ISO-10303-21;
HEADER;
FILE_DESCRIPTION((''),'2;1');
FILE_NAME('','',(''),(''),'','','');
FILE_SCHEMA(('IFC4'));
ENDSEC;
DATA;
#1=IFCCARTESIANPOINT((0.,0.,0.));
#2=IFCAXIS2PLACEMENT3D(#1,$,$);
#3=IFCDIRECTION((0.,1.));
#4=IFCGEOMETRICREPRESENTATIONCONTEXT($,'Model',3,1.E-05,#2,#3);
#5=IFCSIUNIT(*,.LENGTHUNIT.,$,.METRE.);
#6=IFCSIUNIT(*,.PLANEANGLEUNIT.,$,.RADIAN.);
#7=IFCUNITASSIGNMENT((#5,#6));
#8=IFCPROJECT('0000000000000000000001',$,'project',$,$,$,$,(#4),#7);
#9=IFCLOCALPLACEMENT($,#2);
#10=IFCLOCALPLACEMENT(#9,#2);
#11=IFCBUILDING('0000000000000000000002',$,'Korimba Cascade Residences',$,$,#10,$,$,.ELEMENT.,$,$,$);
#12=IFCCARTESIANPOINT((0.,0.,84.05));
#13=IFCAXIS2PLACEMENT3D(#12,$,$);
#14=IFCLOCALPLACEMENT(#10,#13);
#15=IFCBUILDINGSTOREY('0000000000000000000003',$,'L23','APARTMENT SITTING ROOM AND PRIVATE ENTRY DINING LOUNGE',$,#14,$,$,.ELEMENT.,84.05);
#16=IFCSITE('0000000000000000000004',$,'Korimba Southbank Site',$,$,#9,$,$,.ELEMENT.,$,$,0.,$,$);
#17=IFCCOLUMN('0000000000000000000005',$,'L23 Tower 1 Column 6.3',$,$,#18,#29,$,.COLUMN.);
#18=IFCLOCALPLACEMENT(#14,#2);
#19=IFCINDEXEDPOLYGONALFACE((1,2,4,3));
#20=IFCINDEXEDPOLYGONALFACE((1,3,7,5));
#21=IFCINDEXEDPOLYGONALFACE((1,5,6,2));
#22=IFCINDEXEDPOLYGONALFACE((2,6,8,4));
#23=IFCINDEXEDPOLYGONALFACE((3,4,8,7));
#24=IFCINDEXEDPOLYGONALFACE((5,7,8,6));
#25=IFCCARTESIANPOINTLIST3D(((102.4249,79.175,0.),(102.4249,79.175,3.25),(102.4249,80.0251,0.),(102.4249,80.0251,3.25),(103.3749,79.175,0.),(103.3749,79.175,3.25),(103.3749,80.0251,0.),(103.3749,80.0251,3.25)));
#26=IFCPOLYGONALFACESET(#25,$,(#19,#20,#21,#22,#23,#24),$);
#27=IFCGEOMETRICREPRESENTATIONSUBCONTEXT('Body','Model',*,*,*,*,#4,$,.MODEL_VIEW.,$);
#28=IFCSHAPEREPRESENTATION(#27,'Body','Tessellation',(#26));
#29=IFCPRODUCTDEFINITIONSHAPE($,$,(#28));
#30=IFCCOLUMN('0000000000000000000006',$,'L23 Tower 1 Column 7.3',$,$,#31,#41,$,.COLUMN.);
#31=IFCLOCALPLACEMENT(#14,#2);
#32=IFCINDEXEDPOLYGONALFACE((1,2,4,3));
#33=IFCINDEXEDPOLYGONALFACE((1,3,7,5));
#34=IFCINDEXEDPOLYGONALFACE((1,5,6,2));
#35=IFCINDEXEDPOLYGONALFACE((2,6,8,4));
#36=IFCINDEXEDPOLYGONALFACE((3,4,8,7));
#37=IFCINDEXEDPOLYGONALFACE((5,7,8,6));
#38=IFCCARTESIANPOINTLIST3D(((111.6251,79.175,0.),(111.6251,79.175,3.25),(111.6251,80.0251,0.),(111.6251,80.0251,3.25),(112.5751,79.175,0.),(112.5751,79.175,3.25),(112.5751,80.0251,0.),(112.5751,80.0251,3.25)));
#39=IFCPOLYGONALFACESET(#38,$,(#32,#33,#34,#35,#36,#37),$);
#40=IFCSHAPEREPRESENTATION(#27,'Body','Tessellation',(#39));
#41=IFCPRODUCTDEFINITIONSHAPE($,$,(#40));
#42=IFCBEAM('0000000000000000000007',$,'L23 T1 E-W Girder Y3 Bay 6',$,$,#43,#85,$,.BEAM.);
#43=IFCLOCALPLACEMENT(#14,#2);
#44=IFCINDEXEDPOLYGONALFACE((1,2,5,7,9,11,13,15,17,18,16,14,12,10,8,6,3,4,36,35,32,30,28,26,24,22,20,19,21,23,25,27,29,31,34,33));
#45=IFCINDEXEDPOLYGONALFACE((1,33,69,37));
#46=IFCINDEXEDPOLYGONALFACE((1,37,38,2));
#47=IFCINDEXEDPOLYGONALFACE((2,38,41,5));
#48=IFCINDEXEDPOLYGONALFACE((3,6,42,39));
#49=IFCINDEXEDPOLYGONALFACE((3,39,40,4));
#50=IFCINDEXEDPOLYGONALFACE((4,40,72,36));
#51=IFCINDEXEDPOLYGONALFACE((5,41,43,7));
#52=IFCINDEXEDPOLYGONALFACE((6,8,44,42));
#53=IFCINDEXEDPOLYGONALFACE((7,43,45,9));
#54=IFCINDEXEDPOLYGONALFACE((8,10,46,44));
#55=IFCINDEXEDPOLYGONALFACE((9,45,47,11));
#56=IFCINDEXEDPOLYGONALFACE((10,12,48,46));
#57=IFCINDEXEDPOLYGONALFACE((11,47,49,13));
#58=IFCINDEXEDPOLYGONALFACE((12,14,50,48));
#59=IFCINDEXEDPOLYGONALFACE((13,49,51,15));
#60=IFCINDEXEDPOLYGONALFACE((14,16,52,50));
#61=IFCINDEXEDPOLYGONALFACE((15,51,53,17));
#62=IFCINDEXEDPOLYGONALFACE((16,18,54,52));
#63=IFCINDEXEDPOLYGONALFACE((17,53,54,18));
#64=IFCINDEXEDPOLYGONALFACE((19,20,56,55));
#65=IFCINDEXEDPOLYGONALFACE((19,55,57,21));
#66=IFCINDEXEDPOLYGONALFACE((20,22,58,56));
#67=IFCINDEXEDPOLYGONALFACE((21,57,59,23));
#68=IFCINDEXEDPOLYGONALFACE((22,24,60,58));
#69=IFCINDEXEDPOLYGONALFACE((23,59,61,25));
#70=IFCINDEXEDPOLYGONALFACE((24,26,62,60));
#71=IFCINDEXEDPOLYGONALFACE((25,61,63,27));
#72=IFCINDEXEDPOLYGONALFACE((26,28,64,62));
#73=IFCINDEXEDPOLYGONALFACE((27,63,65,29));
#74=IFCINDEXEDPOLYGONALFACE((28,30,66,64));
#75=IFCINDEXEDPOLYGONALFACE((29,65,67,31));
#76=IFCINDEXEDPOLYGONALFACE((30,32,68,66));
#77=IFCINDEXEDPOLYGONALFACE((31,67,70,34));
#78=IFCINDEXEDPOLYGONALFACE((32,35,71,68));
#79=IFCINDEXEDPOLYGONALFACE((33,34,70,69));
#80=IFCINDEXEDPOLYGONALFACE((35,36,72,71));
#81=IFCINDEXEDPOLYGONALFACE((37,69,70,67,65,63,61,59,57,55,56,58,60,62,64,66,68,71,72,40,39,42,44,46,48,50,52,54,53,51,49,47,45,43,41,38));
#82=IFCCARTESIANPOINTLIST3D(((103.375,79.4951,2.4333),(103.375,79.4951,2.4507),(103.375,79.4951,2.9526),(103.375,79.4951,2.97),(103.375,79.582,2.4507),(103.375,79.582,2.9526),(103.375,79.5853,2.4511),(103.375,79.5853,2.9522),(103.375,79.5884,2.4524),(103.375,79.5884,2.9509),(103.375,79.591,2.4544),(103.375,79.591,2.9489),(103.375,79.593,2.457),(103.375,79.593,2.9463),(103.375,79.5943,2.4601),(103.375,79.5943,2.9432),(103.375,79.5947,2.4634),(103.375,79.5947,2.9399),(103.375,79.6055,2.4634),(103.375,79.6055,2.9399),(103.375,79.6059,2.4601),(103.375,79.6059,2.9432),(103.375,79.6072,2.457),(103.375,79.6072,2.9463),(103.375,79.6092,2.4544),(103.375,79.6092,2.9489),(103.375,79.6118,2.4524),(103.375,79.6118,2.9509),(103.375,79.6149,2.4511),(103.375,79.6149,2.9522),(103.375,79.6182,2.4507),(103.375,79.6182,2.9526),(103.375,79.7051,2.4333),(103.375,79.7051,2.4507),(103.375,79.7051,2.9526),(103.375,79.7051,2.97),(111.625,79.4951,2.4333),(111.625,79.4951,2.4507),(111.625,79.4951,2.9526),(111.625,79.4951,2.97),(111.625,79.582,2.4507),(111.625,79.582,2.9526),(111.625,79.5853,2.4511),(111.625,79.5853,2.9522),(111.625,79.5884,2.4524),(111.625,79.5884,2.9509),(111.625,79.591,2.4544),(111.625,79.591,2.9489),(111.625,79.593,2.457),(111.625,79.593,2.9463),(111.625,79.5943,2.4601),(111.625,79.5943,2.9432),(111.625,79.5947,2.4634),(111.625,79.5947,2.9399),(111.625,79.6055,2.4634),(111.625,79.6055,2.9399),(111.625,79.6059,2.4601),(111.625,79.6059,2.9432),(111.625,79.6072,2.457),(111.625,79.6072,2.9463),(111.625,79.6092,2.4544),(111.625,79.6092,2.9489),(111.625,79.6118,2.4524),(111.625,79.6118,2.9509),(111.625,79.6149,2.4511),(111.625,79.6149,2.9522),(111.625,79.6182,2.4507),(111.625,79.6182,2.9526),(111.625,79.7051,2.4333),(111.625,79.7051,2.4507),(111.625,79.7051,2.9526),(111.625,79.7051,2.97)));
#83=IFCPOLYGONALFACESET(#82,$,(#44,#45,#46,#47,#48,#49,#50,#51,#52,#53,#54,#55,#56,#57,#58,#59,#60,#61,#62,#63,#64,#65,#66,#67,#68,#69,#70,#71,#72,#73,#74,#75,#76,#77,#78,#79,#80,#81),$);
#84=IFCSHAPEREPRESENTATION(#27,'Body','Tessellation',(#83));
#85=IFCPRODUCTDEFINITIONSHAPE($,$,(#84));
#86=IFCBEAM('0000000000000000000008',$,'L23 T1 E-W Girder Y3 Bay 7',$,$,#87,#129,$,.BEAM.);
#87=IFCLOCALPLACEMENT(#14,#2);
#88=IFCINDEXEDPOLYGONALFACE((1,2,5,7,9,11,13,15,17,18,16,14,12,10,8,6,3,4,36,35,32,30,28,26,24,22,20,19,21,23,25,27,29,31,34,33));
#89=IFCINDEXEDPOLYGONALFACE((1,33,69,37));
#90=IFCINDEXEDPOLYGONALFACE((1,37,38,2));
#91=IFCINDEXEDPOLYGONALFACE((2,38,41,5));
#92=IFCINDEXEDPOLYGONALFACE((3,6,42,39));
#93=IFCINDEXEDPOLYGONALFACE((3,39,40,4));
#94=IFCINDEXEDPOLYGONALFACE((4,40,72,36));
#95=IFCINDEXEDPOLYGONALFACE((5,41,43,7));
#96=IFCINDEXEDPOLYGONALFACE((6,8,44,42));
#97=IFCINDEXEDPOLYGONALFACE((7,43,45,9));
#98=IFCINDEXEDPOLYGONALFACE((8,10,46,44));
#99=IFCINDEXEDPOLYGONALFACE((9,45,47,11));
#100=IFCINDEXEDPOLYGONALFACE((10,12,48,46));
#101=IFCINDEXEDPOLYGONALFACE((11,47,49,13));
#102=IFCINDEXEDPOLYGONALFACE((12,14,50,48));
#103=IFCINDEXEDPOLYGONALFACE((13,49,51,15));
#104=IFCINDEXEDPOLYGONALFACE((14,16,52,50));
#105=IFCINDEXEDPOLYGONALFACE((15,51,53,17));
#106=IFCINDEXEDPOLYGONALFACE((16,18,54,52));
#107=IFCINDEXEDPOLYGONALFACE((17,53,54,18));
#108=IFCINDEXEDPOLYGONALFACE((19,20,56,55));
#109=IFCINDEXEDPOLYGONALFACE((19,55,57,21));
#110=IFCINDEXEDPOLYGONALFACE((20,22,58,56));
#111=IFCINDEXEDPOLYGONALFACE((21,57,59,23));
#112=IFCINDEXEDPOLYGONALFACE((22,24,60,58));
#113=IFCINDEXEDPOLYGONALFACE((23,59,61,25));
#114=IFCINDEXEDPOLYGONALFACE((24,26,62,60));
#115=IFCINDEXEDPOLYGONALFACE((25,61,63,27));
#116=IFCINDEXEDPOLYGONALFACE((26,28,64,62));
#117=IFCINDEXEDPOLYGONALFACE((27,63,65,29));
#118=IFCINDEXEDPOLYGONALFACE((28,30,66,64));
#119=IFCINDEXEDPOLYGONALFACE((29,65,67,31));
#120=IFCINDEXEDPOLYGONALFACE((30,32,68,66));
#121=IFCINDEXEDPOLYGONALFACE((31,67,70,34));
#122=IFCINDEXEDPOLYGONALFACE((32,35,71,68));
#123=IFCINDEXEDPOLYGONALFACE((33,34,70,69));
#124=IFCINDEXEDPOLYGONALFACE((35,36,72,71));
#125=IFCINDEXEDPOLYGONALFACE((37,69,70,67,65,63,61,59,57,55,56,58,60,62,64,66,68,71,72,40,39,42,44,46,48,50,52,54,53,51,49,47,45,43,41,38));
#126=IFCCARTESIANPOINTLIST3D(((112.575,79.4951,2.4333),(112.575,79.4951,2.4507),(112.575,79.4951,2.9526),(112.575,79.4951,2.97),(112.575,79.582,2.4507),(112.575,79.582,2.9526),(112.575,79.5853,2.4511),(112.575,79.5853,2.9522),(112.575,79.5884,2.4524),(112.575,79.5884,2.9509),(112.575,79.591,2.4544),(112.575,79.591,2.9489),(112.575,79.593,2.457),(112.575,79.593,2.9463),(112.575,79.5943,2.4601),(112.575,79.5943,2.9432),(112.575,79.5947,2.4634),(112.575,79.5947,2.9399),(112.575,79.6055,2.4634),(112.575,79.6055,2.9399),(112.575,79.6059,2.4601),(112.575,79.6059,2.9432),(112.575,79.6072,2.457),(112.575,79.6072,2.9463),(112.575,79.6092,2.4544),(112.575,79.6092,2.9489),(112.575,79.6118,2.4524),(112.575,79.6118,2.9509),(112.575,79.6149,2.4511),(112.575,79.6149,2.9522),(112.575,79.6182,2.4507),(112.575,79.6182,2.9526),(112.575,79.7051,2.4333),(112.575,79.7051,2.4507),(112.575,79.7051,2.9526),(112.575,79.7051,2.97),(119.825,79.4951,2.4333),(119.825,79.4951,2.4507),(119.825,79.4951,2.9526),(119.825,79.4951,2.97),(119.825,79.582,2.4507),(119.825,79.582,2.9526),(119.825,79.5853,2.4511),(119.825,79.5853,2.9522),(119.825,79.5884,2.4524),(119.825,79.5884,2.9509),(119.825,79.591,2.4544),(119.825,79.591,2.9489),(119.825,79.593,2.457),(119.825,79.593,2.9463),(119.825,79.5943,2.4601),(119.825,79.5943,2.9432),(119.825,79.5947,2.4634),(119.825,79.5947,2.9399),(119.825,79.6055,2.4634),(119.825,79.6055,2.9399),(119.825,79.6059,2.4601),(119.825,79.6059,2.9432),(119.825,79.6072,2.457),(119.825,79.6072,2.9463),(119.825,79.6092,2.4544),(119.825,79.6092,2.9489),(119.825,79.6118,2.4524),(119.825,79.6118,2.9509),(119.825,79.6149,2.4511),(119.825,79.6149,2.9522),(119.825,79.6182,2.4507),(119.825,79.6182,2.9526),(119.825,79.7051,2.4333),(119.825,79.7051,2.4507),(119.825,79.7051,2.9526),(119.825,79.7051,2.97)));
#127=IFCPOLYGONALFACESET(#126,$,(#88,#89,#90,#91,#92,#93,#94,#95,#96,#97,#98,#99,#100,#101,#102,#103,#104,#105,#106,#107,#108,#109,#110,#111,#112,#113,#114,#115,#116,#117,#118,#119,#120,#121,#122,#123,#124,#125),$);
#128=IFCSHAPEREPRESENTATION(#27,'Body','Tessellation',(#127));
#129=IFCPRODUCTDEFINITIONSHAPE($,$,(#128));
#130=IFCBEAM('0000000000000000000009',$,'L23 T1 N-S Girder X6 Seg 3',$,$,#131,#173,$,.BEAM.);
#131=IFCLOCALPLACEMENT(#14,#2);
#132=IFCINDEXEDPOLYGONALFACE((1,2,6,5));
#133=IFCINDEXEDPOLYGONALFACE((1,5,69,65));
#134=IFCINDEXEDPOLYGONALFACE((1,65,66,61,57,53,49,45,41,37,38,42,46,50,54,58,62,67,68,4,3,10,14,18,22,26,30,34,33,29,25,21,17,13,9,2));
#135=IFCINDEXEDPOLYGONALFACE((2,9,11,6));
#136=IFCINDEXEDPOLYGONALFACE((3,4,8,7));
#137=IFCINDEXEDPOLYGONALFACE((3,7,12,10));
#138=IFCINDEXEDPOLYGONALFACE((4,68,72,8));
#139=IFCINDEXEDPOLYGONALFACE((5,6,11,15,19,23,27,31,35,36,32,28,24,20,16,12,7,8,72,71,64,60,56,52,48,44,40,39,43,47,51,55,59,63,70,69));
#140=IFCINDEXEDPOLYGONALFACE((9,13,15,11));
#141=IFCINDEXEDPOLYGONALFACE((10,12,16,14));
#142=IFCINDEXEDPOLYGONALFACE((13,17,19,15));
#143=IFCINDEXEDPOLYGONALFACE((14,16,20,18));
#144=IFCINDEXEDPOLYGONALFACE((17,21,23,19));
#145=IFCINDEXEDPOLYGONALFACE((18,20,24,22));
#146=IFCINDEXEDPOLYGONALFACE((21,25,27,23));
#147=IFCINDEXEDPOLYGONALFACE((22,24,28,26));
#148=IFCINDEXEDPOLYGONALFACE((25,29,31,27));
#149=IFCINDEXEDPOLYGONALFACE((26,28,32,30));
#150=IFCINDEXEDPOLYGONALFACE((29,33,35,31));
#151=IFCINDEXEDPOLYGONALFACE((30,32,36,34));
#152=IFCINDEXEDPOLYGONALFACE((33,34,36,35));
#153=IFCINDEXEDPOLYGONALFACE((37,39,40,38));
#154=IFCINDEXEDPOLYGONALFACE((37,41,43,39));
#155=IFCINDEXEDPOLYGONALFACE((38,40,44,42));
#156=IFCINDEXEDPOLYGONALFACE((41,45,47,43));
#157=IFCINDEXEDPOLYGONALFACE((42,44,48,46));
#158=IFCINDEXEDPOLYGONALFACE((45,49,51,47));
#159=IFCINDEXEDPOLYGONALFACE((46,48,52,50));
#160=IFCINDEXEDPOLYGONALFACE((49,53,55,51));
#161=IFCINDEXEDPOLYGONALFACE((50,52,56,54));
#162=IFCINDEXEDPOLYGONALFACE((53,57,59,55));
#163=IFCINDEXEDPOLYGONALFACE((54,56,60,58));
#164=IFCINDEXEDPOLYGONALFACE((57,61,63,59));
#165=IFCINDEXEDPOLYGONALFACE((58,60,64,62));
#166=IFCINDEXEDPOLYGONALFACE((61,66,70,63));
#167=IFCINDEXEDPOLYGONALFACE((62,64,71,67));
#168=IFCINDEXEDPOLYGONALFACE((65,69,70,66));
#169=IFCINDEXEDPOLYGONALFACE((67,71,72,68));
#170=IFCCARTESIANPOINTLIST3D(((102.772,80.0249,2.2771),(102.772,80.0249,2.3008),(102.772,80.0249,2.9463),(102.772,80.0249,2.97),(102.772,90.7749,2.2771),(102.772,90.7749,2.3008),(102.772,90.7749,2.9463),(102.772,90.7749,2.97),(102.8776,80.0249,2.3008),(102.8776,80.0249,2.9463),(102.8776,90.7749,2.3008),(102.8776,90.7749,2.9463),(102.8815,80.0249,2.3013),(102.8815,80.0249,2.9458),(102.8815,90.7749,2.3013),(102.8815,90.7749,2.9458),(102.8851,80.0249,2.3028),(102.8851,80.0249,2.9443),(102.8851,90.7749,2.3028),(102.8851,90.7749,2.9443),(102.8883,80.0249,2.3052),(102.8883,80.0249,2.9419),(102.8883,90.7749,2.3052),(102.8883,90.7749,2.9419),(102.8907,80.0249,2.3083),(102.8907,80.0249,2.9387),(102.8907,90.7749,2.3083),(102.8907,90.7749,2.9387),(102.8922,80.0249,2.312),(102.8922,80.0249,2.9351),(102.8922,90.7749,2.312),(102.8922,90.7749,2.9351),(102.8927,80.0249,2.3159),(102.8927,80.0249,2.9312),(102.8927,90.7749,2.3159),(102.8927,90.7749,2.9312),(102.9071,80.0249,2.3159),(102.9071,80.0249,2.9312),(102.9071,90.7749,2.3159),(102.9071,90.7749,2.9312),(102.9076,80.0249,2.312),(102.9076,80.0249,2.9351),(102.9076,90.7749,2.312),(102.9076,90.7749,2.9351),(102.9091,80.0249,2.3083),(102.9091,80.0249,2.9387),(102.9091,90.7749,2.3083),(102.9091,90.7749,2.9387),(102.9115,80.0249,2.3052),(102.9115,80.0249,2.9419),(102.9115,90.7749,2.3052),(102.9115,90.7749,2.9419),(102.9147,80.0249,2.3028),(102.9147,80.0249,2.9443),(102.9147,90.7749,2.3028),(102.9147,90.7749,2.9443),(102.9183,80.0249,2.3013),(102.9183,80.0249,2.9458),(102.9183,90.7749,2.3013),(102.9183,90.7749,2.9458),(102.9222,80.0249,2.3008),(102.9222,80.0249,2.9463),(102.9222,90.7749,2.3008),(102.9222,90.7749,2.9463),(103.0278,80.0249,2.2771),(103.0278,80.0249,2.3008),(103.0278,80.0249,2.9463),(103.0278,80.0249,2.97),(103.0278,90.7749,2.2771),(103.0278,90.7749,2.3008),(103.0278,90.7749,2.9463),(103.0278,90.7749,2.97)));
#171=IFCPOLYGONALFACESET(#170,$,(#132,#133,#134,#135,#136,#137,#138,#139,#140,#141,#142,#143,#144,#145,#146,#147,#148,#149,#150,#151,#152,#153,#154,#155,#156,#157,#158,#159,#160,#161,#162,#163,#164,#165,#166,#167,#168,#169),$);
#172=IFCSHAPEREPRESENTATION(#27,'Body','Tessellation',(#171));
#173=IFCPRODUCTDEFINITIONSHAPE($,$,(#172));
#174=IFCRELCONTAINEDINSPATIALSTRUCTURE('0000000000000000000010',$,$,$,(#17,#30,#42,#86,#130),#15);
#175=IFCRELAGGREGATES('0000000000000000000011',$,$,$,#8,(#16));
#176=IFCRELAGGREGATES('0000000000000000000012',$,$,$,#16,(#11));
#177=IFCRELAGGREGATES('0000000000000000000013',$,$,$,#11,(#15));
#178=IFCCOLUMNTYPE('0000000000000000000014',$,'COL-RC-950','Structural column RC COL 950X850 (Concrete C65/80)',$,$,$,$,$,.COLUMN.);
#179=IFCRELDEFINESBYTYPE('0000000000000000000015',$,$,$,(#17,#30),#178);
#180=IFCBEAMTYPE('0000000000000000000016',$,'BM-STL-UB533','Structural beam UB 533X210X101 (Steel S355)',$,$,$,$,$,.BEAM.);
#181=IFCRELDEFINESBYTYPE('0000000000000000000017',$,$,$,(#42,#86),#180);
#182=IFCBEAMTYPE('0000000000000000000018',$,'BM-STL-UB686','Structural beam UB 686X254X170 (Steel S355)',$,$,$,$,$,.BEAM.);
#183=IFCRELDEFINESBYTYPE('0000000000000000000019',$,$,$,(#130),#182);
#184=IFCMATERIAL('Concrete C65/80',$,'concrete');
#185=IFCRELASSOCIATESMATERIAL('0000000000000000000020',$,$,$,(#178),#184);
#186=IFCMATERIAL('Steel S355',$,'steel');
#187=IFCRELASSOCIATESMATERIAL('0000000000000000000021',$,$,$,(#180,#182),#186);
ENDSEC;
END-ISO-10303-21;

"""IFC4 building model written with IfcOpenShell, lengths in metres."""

from ifc_helpers import new_model, si_unit, direction, frame, origin, origin_2d, place, context, subcontext, project, spatial, rectangle, i_section, extrude, material, material_profile, profile_set, type_object, element, save


model = new_model("IFC4")

# Units and contexts
model_context = context("Model", 3, precision=1e-05, world=origin(), true_north=direction((0.0, 1.0)))
body_context = subcontext(model_context, "Body", "Model", "MODEL_VIEW")
ifc_project = project(units=[si_unit("LENGTHUNIT", "METRE"), si_unit("PLANEANGLEUNIT", "RADIAN")], contexts=[model_context])

# Site, building, storey
site_placement = place(None, origin())
site = spatial("IfcSite", under=ifc_project, at=site_placement, Name="Korimba Southbank Site", CompositionType="ELEMENT", RefElevation=0.0)
building_placement = place(site_placement, origin())
building = spatial("IfcBuilding", under=site, at=building_placement, Name="Korimba Cascade Residences", CompositionType="ELEMENT")
storey_placement = place(building_placement, frame((0.0, 0.0, 84.05)))
storey = spatial("IfcBuildingStorey", under=building, at=storey_placement, Name="L23", Description="APARTMENT SITTING ROOM AND PRIVATE ENTRY DINING LOUNGE", CompositionType="ELEMENT", Elevation=84.05)

# Columns
ifc_material_1 = material(Name="Concrete C65/80", Category="concrete")
ifc_material_profile_1 = material_profile(ifc_material_1, rectangle(XDim=0.95, YDim=0.8501, at=origin_2d()), Name="Concrete C65/80")
ifc_profile_set_1 = profile_set([ifc_material_profile_1], Name="Concrete C65/80")
column_type = type_object("IfcColumnType", Name="COL-RC-950", Description="Structural column RC COL 950X850 (Concrete C65/80)", PredefinedType="COLUMN", material=ifc_profile_set_1)
for number, where, z_axis, x_axis, name in (
    (1, (102.8999, 79.6001, 0.0), (0.0, 0.0, 1.0), (1.0, 0.0, 0.0), "L23 Tower 1 Column 6.3"),
    (2, (112.1001, 79.6001, 0.0), (0.0, 0.0, 1.0), (1.0, 0.0, 0.0), "L23 Tower 1 Column 7.3"),
):
    element("IfcColumn", number, at=place(storey_placement, frame(where, z_axis=z_axis, x_axis=x_axis)), inside=storey, type_object=column_type, Name=name, PredefinedType="COLUMN", context=body_context, shape_type="SweptSolid", body=[
        extrude(rectangle(XDim=0.95, YDim=0.8501, at=origin_2d()), origin(), (0.0, 0.0, 1.0), 3.25),
    ])

# Beams
ifc_material_2 = material(Name="Steel S355", Category="steel")
ifc_material_profile_2 = material_profile(ifc_material_2, i_section(OverallWidth=0.21, OverallDepth=0.5366, WebThickness=0.0107, FlangeThickness=0.0173, FilletRadius=0.0127, at=origin_2d()), Name="Steel S355")
ifc_profile_set_2 = profile_set([ifc_material_profile_2], Name="Steel S355")
beam_type_1 = type_object("IfcBeamType", Name="BM-STL-UB533", Description="Structural beam UB 533X210X101 (Steel S355)", PredefinedType="BEAM", material=ifc_profile_set_2)
beam_1_placement = place(storey_placement, frame((103.375, 79.6001, 2.7017), z_axis=(1.0, 0.0, 0.0), x_axis=(0.0, 1.0, 0.0)))
element("IfcBeam", 3, at=beam_1_placement, inside=storey, type_object=beam_type_1, Name="L23 T1 E-W Girder Y3 Bay 6", PredefinedType="BEAM", context=body_context, shape_type="SweptSolid", body=[
    extrude(i_section(OverallWidth=0.21, OverallDepth=0.5366, WebThickness=0.0107, FlangeThickness=0.0173, FilletRadius=0.0127, at=origin_2d()), origin(), (0.0, 0.0, 1.0), 8.25),
])
beam_2_placement = place(storey_placement, frame((112.575, 79.6001, 2.7017), z_axis=(1.0, 0.0, 0.0), x_axis=(0.0, 1.0, 0.0)))
element("IfcBeam", 4, at=beam_2_placement, inside=storey, type_object=beam_type_1, Name="L23 T1 E-W Girder Y3 Bay 7", PredefinedType="BEAM", context=body_context, shape_type="SweptSolid", body=[
    extrude(i_section(OverallWidth=0.21, OverallDepth=0.5366, WebThickness=0.0107, FlangeThickness=0.0173, FilletRadius=0.0127, at=origin_2d()), origin(), (0.0, 0.0, 1.0), 7.25),
])
ifc_material_profile_3 = material_profile(ifc_material_2, i_section(OverallWidth=0.2559, OverallDepth=0.6929, WebThickness=0.0144, FlangeThickness=0.0237, FilletRadius=0.0151, at=origin_2d()), Name="Steel S355")
ifc_profile_set_3 = profile_set([ifc_material_profile_3], Name="Steel S355")
beam_type_2 = type_object("IfcBeamType", Name="BM-STL-UB686", Description="Structural beam UB 686X254X170 (Steel S355)", PredefinedType="BEAM", material=ifc_profile_set_3)
for number, where, z_axis, x_axis, name in (
    (5, (102.8999, 80.0249, 2.6235), (0.0, 1.0, 0.0), (-1.0, 0.0, 0.0), "L23 T1 N-S Girder X6 Seg 3"),
):
    element("IfcBeam", number, at=place(storey_placement, frame(where, z_axis=z_axis, x_axis=x_axis)), inside=storey, type_object=beam_type_2, Name=name, PredefinedType="BEAM", context=body_context, shape_type="SweptSolid", body=[
        extrude(i_section(OverallWidth=0.2559, OverallDepth=0.6929, WebThickness=0.0144, FlangeThickness=0.0237, FilletRadius=0.0151, at=origin_2d()), origin(), (0.0, 0.0, 1.0), 10.75),
    ])

save(model, "model.ifc")
